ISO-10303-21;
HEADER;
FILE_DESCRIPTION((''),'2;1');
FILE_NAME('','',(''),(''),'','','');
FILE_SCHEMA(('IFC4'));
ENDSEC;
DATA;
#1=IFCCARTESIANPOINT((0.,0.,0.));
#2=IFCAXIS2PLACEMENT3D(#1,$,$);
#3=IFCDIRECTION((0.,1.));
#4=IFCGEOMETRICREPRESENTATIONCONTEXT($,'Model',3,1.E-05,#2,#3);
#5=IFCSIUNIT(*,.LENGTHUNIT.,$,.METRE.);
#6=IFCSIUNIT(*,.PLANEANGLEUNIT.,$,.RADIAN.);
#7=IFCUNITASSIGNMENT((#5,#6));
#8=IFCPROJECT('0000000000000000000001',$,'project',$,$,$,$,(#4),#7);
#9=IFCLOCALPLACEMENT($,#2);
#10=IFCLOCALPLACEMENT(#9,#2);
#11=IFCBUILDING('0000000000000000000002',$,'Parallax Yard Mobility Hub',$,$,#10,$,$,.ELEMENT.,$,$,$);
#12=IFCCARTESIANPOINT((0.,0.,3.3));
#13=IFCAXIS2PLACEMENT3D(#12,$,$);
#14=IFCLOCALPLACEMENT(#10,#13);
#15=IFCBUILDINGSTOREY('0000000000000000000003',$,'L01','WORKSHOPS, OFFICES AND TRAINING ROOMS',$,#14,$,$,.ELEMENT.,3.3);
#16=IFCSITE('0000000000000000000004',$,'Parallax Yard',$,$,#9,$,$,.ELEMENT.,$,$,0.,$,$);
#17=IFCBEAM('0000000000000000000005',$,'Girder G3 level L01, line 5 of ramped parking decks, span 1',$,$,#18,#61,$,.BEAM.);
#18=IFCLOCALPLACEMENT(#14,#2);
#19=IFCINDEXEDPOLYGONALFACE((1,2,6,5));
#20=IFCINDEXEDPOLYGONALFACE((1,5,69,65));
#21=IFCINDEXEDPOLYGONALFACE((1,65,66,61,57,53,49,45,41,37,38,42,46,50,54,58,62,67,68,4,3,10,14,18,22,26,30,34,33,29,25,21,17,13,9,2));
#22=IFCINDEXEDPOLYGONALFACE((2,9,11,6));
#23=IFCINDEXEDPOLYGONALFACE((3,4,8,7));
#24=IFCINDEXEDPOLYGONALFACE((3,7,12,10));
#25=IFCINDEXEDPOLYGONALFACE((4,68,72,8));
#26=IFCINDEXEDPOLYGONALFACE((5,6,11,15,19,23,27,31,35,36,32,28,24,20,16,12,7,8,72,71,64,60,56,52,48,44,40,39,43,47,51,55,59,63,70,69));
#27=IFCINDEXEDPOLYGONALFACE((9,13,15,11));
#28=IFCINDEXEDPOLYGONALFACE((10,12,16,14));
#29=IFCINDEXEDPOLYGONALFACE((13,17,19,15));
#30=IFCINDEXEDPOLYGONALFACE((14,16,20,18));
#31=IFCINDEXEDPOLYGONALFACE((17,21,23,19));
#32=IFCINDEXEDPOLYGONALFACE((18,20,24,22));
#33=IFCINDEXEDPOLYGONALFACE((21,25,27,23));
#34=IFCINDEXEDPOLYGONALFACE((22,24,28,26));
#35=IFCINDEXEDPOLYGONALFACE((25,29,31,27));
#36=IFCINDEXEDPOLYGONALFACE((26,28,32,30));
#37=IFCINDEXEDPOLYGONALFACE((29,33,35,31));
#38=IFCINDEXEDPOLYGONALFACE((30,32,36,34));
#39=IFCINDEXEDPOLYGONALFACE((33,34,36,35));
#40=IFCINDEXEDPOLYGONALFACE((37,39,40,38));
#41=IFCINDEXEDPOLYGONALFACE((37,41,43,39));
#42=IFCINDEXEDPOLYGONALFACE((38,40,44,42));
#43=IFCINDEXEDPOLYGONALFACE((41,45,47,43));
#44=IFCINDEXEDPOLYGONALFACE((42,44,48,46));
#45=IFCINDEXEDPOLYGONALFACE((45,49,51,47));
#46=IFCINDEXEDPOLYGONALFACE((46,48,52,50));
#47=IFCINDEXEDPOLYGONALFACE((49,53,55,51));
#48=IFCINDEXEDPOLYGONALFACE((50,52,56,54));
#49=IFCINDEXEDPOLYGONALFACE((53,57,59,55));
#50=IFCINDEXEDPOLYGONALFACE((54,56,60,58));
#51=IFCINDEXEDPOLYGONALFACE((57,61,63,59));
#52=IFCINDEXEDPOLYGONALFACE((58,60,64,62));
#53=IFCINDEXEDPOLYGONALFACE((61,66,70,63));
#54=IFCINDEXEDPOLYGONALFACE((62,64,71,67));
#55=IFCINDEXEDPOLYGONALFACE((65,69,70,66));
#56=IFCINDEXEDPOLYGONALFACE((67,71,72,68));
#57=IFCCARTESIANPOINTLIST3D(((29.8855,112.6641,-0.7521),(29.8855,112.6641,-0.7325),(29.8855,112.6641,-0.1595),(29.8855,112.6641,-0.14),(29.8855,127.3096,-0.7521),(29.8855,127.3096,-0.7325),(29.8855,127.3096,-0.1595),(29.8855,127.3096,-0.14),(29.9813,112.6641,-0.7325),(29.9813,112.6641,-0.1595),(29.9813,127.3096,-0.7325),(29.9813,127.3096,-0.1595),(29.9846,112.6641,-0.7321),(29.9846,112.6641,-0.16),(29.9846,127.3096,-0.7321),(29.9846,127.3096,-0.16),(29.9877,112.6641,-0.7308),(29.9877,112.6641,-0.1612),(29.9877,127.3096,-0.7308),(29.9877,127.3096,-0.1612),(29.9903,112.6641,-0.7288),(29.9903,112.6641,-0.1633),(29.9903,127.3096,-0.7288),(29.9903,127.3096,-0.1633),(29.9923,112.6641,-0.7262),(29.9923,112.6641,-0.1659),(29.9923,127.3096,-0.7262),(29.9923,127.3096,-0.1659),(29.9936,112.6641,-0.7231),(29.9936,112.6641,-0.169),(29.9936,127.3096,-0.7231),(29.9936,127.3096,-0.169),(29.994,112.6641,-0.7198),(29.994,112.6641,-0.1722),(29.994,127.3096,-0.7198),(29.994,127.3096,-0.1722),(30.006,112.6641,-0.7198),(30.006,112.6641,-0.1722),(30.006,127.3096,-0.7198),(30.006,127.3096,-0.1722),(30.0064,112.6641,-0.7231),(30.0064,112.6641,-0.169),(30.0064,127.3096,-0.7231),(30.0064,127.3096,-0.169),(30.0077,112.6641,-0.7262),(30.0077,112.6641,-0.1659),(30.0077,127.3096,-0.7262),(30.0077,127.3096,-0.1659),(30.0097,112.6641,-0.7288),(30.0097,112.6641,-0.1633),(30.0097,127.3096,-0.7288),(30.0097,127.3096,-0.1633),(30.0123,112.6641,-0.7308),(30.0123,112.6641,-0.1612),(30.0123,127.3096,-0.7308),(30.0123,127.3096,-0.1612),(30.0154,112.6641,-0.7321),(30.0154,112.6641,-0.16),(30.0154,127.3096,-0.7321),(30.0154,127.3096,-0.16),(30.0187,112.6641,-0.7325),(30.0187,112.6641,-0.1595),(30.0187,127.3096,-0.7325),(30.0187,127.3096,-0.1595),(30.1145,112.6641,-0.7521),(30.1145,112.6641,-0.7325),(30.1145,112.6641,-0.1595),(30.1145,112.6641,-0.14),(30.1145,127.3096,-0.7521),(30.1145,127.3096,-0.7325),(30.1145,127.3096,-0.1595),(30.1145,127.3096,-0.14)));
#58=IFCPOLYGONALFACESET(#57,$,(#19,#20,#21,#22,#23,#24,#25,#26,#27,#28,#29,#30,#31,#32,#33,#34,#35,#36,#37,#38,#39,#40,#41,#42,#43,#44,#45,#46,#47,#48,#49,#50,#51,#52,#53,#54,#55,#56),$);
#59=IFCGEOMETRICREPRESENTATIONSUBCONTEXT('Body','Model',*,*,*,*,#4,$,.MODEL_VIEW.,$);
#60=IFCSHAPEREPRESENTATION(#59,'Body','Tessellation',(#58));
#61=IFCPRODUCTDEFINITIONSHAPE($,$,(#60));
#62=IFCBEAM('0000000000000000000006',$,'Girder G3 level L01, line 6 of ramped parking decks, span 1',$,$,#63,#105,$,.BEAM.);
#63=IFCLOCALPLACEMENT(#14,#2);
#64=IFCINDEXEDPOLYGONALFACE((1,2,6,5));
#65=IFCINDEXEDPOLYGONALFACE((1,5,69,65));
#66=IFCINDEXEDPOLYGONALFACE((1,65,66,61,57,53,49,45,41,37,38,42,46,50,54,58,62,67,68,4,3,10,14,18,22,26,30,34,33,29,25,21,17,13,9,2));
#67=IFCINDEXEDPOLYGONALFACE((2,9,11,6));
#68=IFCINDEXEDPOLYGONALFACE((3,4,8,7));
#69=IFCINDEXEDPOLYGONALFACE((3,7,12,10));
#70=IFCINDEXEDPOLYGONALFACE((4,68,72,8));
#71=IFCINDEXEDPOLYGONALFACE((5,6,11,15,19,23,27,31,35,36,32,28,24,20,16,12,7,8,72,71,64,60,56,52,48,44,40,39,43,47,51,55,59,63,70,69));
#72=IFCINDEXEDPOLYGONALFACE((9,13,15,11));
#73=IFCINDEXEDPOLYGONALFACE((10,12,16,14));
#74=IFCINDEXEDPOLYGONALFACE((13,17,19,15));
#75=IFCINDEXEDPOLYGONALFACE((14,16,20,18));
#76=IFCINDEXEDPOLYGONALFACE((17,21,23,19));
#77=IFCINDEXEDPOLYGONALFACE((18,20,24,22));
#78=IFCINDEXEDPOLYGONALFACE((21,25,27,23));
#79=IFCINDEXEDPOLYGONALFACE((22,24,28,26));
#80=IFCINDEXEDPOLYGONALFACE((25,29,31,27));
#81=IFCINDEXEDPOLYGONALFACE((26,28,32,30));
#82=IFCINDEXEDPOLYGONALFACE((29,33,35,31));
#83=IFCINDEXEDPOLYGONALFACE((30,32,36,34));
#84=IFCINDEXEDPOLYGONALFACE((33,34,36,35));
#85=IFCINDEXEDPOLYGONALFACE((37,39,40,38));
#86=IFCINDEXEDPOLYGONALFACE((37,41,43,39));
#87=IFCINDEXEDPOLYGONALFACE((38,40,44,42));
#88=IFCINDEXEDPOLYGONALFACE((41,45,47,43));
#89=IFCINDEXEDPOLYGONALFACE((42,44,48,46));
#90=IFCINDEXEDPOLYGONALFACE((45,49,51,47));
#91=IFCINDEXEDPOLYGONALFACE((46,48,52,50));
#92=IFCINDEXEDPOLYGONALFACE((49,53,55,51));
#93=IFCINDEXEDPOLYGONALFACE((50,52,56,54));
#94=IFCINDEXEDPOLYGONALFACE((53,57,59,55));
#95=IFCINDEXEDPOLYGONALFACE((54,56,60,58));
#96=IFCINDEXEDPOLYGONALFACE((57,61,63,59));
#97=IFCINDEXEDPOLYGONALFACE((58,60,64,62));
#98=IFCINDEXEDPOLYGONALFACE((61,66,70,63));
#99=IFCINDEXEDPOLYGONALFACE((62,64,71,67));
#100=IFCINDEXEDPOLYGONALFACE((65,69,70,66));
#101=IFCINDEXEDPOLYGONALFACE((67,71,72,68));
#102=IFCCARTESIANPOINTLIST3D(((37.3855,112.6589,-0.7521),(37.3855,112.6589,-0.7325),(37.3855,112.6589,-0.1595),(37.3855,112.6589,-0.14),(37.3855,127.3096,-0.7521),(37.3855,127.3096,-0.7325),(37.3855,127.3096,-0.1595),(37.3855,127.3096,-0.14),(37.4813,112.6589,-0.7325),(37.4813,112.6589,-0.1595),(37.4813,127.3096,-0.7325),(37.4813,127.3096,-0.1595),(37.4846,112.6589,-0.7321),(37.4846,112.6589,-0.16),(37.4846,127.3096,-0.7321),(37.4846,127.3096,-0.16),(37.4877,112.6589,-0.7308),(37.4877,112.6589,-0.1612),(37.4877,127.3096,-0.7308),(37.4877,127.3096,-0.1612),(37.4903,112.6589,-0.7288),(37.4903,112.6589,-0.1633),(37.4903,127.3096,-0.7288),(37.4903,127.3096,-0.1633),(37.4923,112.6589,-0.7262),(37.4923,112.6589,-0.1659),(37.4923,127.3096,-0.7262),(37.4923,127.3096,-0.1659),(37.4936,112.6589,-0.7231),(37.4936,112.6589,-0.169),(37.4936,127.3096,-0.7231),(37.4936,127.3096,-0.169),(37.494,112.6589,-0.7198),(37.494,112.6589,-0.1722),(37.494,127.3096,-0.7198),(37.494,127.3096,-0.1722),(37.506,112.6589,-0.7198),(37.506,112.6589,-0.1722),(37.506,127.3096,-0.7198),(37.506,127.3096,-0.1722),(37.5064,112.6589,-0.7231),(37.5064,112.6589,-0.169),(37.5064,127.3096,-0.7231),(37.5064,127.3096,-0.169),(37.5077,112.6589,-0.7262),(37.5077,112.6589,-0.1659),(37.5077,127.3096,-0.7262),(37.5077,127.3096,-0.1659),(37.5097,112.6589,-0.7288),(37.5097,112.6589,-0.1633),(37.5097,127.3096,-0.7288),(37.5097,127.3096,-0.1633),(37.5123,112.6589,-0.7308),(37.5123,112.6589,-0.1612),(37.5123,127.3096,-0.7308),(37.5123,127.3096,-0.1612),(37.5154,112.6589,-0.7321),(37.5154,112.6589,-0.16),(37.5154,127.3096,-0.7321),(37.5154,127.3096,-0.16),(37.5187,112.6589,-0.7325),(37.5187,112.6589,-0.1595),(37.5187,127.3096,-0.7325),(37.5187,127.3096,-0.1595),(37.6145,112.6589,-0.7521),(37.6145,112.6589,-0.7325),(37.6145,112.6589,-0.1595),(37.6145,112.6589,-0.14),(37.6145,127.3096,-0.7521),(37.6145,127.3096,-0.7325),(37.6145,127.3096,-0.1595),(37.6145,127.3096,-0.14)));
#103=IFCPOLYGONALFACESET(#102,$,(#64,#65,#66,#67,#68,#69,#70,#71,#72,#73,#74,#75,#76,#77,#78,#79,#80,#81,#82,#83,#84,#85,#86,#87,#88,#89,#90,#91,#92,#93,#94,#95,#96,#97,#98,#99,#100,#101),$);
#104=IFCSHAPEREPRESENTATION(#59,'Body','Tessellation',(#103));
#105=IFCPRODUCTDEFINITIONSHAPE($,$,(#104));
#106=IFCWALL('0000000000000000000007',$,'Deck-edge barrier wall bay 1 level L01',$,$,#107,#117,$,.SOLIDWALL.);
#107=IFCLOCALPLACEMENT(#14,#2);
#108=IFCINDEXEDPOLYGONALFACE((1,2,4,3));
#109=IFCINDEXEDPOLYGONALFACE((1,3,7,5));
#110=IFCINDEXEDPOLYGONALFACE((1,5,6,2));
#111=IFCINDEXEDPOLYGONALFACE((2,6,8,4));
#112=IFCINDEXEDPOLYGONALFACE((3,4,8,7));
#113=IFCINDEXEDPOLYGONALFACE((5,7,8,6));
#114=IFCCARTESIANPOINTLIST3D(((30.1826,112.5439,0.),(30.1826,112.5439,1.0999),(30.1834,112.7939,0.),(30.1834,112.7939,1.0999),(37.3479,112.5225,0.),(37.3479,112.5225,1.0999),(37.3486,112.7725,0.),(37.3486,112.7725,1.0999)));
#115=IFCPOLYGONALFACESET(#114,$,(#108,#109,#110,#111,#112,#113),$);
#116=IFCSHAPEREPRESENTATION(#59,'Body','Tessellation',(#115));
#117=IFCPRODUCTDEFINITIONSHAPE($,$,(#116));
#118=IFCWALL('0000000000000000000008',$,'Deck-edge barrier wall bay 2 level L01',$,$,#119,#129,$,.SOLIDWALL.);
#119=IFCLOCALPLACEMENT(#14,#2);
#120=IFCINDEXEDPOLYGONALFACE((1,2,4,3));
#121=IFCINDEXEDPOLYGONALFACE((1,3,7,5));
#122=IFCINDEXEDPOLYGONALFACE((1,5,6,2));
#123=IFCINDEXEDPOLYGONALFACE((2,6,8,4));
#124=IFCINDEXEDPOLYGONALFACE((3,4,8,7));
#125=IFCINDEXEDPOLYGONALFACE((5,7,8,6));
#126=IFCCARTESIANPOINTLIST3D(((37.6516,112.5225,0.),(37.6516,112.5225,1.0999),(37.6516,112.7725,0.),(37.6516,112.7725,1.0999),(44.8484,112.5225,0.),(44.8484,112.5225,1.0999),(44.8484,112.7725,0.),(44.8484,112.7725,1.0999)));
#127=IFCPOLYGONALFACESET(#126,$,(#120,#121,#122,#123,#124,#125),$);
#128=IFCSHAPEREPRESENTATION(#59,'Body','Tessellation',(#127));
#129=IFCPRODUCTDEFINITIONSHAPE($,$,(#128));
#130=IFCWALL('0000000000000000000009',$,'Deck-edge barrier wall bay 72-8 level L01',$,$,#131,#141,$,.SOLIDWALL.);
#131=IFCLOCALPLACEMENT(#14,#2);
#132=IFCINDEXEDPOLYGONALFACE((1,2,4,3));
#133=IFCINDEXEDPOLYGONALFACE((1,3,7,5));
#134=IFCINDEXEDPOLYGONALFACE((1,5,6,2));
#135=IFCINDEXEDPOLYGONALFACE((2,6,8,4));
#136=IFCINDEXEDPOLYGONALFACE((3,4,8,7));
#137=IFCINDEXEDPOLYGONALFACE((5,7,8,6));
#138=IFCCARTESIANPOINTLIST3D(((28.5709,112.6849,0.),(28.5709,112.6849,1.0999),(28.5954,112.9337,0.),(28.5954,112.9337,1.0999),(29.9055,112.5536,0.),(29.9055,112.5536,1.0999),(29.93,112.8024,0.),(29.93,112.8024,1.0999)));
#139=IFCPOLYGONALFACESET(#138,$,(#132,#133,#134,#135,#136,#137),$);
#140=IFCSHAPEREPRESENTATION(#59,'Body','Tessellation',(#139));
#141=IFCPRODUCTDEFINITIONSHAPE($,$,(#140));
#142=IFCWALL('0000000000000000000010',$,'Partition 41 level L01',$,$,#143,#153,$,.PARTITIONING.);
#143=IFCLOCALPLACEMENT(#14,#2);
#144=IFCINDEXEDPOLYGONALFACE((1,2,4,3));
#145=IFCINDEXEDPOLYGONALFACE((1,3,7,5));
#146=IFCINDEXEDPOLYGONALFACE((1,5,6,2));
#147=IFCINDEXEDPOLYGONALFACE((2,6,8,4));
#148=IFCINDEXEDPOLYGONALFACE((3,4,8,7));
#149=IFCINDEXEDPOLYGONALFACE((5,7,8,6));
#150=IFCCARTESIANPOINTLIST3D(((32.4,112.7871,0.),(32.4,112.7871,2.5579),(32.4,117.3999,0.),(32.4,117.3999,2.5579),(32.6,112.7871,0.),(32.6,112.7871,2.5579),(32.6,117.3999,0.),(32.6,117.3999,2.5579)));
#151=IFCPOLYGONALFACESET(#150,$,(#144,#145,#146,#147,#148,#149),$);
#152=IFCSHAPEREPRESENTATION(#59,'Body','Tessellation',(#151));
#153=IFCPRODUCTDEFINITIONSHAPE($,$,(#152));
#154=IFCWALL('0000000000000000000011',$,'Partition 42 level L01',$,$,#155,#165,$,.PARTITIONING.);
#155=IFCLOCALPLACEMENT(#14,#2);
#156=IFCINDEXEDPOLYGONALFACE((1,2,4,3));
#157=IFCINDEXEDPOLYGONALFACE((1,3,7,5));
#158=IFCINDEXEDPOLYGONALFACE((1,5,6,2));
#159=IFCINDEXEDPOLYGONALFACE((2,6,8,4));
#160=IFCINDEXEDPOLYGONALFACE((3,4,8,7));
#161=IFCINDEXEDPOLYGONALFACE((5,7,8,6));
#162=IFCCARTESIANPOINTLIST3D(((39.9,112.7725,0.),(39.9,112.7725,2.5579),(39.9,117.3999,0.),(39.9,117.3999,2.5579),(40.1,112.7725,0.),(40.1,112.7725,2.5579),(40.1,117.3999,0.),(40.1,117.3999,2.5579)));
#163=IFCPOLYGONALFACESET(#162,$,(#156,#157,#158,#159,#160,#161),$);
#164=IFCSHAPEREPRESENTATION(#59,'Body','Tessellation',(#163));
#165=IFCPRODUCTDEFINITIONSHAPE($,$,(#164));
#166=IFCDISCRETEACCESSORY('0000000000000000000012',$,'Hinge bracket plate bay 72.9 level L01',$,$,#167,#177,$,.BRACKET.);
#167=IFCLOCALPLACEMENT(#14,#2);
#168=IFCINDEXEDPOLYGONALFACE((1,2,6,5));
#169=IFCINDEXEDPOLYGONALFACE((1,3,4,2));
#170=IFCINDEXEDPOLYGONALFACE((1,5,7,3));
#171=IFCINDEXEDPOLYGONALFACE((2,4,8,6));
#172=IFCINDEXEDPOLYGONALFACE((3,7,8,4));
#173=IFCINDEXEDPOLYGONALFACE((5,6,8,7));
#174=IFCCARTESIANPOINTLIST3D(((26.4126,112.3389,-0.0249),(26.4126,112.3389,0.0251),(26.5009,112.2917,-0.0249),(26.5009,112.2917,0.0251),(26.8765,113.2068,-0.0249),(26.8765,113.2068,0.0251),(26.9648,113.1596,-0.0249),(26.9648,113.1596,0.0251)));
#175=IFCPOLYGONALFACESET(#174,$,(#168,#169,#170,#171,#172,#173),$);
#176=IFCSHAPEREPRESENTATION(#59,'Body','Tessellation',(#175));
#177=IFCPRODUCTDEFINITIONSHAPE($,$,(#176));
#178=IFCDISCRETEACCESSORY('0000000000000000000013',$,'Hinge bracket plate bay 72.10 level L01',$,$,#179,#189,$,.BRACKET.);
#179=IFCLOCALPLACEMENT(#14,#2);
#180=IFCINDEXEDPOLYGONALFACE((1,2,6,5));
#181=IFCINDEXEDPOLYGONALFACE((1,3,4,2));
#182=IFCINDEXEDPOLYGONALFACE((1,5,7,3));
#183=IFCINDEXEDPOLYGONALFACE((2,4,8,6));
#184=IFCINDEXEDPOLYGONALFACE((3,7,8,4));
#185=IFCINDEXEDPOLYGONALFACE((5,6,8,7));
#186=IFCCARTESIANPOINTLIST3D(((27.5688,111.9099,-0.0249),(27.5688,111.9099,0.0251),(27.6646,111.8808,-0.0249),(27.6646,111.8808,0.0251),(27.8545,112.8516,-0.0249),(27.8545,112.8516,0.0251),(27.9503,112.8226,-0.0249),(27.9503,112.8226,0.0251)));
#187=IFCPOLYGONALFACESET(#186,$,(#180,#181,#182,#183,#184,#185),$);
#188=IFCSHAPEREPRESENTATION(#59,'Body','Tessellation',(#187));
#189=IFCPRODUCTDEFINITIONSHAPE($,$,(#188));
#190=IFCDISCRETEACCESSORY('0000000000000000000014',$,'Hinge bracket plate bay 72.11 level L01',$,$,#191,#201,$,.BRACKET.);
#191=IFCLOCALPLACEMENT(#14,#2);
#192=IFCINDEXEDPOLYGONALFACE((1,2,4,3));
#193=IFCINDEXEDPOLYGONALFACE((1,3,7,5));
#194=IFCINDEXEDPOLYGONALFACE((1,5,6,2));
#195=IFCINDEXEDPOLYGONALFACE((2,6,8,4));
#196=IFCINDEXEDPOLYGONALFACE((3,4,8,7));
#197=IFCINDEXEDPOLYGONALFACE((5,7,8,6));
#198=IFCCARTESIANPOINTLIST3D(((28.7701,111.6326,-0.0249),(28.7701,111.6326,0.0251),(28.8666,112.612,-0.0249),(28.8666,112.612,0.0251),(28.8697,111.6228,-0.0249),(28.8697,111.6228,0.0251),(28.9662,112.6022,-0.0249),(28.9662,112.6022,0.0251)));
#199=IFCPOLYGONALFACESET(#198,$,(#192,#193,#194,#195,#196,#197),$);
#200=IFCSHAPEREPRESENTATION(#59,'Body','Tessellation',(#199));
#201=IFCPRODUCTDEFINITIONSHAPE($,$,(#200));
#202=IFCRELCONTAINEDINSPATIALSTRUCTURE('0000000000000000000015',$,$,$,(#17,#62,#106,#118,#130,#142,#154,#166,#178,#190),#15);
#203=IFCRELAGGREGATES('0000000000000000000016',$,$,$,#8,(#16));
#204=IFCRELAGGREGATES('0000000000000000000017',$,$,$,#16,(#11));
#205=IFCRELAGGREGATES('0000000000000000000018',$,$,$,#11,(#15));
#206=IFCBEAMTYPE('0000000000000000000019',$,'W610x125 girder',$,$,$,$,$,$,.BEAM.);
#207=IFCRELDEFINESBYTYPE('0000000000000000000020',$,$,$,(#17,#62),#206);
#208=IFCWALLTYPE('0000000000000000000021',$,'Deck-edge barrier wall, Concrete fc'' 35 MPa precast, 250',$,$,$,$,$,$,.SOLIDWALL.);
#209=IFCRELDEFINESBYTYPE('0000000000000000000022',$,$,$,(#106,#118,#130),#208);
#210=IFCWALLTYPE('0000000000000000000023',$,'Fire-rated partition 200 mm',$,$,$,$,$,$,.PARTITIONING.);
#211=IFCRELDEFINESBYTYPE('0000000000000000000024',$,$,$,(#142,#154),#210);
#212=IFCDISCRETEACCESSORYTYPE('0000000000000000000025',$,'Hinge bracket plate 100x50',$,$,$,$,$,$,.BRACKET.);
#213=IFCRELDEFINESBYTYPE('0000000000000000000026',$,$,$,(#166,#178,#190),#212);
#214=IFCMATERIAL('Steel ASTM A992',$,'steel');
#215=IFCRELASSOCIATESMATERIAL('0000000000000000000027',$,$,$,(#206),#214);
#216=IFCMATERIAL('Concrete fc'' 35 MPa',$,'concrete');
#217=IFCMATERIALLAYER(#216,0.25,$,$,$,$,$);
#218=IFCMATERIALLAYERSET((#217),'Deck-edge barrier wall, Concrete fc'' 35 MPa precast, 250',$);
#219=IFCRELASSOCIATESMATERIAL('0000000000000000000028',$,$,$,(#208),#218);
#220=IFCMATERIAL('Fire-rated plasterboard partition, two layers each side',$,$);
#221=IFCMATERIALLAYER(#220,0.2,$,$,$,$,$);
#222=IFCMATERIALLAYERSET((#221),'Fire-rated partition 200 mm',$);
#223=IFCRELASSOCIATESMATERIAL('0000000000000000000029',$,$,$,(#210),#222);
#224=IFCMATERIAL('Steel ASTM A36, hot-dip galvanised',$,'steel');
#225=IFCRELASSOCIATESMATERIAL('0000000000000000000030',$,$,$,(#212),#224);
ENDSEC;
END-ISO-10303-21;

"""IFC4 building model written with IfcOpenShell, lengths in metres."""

from ifc_helpers import new_model, si_unit, direction, frame, frame_2d, origin, origin_2d, place, context, subcontext, project, spatial, rectangle, i_section, extrude, material, layer, layer_set, material_profile, profile_set, type_object, element, save


model = new_model("IFC4")

# Units and contexts
model_context = context("Model", 3, precision=1e-05, world=origin(), true_north=direction((0.0, 1.0)))
body_context = subcontext(model_context, "Body", "Model", "MODEL_VIEW")
ifc_project = project(units=[si_unit("LENGTHUNIT", "METRE"), si_unit("PLANEANGLEUNIT", "RADIAN")], contexts=[model_context])

# Site, building, storey
site_placement = place(None, origin())
site = spatial("IfcSite", under=ifc_project, at=site_placement, Name="Parallax Yard", CompositionType="ELEMENT", RefElevation=0.0)
building_placement = place(site_placement, origin())
building = spatial("IfcBuilding", under=site, at=building_placement, Name="Parallax Yard Mobility Hub", CompositionType="ELEMENT")
storey_placement = place(building_placement, frame((0.0, 0.0, 3.3)))
storey = spatial("IfcBuildingStorey", under=building, at=storey_placement, Name="L01", Description="WORKSHOPS, OFFICES AND TRAINING ROOMS", CompositionType="ELEMENT", Elevation=3.3)

# Shared definitions
ifc_material_1 = material(Name="Steel ASTM A992", Category="steel")

# Beams
ifc_material_profile_1 = material_profile(ifc_material_1, i_section(OverallWidth=0.229, OverallDepth=0.6121, WebThickness=0.012, FlangeThickness=0.0195, FilletRadius=0.0127, at=origin_2d()), Name="W610x125")
ifc_profile_set_1 = profile_set([ifc_material_profile_1], Name="Steel ASTM A992")
beam_type_1 = type_object("IfcBeamType", Name="W610x125 girder", PredefinedType="BEAM", material=ifc_profile_set_1)
beam_1_placement = place(storey_placement, frame((30.0, 112.6641, -0.446), z_axis=(0.0, 1.0, 0.0), x_axis=(-1.0, 0.0, 0.0)))
element("IfcBeam", 1, at=beam_1_placement, inside=storey, type_object=beam_type_1, Name="Girder G3 level L01, line 5 of ramped parking decks, span 1", PredefinedType="BEAM", context=body_context, shape_type="SweptSolid", body=[
    extrude(i_section(OverallWidth=0.229, OverallDepth=0.6121, WebThickness=0.012, FlangeThickness=0.0195, FilletRadius=0.0127, at=origin_2d()), origin(), (0.0, 0.0, 1.0), 14.6455),
])
beam_2_placement = place(storey_placement, frame((37.5, 112.6589, -0.446), z_axis=(0.0, 1.0, 0.0), x_axis=(-1.0, 0.0, 0.0)))
element("IfcBeam", 2, at=beam_2_placement, inside=storey, type_object=beam_type_1, Name="Girder G3 level L01, line 6 of ramped parking decks, span 1", PredefinedType="BEAM", context=body_context, shape_type="SweptSolid", body=[
    extrude(i_section(OverallWidth=0.229, OverallDepth=0.6121, WebThickness=0.012, FlangeThickness=0.0195, FilletRadius=0.0127, at=origin_2d()), origin(), (0.0, 0.0, 1.0), 14.6506),
])

# Walls
ifc_material_2 = material(Name="Concrete fc' 35 MPa", Category="concrete")
ifc_layer_1 = layer(ifc_material_2, 0.25)
ifc_layer_set_1 = layer_set([ifc_layer_1], Name="Deck-edge barrier wall, Concrete fc' 35 MPa precast, 250")
wall_type_1 = type_object("IfcWallType", Name="Deck-edge barrier wall, Concrete fc' 35 MPa precast, 250", PredefinedType="SOLIDWALL", material=ifc_layer_set_1)
wall_1_placement = place(storey_placement, frame((30.1831, 112.6689, 0.0), z_axis=(0.0, 0.0, 1.0), x_axis=(0.999996, -0.002998, 0.0)))
element("IfcWall", 3, at=wall_1_placement, inside=storey, type_object=wall_type_1, Name="Deck-edge barrier wall bay 1 level L01", PredefinedType="SOLIDWALL", context=body_context, shape_type="SweptSolid", body=[
    extrude(rectangle(XDim=7.1653, YDim=0.25, at=frame_2d((3.5825, 0.0))), origin(), (0.0, 0.0, 1.0), 1.0999),
])
wall_2_placement = place(storey_placement, frame((37.6516, 112.6475, 0.0), z_axis=(0.0, 0.0, 1.0), x_axis=(1.0, 0.0, 0.0)))
element("IfcWall", 4, at=wall_2_placement, inside=storey, type_object=wall_type_1, Name="Deck-edge barrier wall bay 2 level L01", PredefinedType="SOLIDWALL", context=body_context, shape_type="SweptSolid", body=[
    extrude(rectangle(XDim=7.1968, YDim=0.25, at=frame_2d((3.5984, 0.0))), origin(), (0.0, 0.0, 1.0), 1.0999),
])
wall_3_placement = place(storey_placement, frame((28.5833, 112.8093, 0.0), z_axis=(0.0, 0.0, 1.0), x_axis=(0.995193, -0.097936, 0.0)))
element("IfcWall", 5, at=wall_3_placement, inside=storey, type_object=wall_type_1, Name="Deck-edge barrier wall bay 72-8 level L01", PredefinedType="SOLIDWALL", context=body_context, shape_type="SweptSolid", body=[
    extrude(rectangle(XDim=1.3411, YDim=0.25, at=frame_2d((0.6704, 0.0))), origin(), (0.0, 0.0, 1.0), 1.0999),
])
ifc_material_3 = material(Name="Fire-rated plasterboard partition, two layers each side")
ifc_layer_2 = layer(ifc_material_3, 0.2)
ifc_layer_set_2 = layer_set([ifc_layer_2], Name="Fire-rated partition 200 mm")
wall_type_2 = type_object("IfcWallType", Name="Fire-rated partition 200 mm", PredefinedType="PARTITIONING", material=ifc_layer_set_2)
wall_4_placement = place(storey_placement, frame((32.5, 112.7871, 0.0), z_axis=(0.0, 0.0, 1.0), x_axis=(0.0, 1.0, 0.0)))
element("IfcWall", 6, at=wall_4_placement, inside=storey, type_object=wall_type_2, Name="Partition 41 level L01", PredefinedType="PARTITIONING", context=body_context, shape_type="SweptSolid", body=[
    extrude(rectangle(XDim=4.6128, YDim=0.2, at=frame_2d((2.3064, 0.0))), origin(), (0.0, 0.0, 1.0), 2.5579),
])
wall_5_placement = place(storey_placement, frame((40.0, 112.7725, 0.0), z_axis=(0.0, 0.0, 1.0), x_axis=(0.0, 1.0, 0.0)))
element("IfcWall", 7, at=wall_5_placement, inside=storey, type_object=wall_type_2, Name="Partition 42 level L01", PredefinedType="PARTITIONING", context=body_context, shape_type="SweptSolid", body=[
    extrude(rectangle(XDim=4.6274, YDim=0.2, at=frame_2d((2.3137, 0.0))), origin(), (0.0, 0.0, 1.0), 2.5579),
])

# Discrete accessories
ifc_material_4 = material(Name="Steel ASTM A36, hot-dip galvanised", Category="steel")
discrete_accessory_type_1 = type_object("IfcDiscreteAccessoryType", Name="Hinge bracket plate 100x50", PredefinedType="BRACKET", material=ifc_material_4)
for number, where, z_axis, x_axis, name in (
    (8, (26.6887, 112.7493, -0.0249), (0.0, 0.0, 1.0), (-0.471397, -0.881921, 0.0), "Hinge bracket plate bay 72.9 level L01"),
    (9, (27.7595, 112.3662, -0.0249), (0.0, 0.0, 1.0), (-0.290285, -0.95694, 0.0), "Hinge bracket plate bay 72.10 level L01"),
    (10, (28.8682, 112.1174, -0.0249), (0.0, 0.0, 1.0), (-0.098017, -0.995185, 0.0), "Hinge bracket plate bay 72.11 level L01"),
):
    element("IfcDiscreteAccessory", number, at=place(storey_placement, frame(where, z_axis=z_axis, x_axis=x_axis)), inside=storey, type_object=discrete_accessory_type_1, Name=name, PredefinedType="BRACKET", context=body_context, shape_type="SweptSolid", body=[
        extrude(rectangle(XDim=0.9841, YDim=0.1001, at=origin_2d()), origin(), (0.0, 0.0, 1.0), 0.05),
    ])

save(model, "model.ifc")
